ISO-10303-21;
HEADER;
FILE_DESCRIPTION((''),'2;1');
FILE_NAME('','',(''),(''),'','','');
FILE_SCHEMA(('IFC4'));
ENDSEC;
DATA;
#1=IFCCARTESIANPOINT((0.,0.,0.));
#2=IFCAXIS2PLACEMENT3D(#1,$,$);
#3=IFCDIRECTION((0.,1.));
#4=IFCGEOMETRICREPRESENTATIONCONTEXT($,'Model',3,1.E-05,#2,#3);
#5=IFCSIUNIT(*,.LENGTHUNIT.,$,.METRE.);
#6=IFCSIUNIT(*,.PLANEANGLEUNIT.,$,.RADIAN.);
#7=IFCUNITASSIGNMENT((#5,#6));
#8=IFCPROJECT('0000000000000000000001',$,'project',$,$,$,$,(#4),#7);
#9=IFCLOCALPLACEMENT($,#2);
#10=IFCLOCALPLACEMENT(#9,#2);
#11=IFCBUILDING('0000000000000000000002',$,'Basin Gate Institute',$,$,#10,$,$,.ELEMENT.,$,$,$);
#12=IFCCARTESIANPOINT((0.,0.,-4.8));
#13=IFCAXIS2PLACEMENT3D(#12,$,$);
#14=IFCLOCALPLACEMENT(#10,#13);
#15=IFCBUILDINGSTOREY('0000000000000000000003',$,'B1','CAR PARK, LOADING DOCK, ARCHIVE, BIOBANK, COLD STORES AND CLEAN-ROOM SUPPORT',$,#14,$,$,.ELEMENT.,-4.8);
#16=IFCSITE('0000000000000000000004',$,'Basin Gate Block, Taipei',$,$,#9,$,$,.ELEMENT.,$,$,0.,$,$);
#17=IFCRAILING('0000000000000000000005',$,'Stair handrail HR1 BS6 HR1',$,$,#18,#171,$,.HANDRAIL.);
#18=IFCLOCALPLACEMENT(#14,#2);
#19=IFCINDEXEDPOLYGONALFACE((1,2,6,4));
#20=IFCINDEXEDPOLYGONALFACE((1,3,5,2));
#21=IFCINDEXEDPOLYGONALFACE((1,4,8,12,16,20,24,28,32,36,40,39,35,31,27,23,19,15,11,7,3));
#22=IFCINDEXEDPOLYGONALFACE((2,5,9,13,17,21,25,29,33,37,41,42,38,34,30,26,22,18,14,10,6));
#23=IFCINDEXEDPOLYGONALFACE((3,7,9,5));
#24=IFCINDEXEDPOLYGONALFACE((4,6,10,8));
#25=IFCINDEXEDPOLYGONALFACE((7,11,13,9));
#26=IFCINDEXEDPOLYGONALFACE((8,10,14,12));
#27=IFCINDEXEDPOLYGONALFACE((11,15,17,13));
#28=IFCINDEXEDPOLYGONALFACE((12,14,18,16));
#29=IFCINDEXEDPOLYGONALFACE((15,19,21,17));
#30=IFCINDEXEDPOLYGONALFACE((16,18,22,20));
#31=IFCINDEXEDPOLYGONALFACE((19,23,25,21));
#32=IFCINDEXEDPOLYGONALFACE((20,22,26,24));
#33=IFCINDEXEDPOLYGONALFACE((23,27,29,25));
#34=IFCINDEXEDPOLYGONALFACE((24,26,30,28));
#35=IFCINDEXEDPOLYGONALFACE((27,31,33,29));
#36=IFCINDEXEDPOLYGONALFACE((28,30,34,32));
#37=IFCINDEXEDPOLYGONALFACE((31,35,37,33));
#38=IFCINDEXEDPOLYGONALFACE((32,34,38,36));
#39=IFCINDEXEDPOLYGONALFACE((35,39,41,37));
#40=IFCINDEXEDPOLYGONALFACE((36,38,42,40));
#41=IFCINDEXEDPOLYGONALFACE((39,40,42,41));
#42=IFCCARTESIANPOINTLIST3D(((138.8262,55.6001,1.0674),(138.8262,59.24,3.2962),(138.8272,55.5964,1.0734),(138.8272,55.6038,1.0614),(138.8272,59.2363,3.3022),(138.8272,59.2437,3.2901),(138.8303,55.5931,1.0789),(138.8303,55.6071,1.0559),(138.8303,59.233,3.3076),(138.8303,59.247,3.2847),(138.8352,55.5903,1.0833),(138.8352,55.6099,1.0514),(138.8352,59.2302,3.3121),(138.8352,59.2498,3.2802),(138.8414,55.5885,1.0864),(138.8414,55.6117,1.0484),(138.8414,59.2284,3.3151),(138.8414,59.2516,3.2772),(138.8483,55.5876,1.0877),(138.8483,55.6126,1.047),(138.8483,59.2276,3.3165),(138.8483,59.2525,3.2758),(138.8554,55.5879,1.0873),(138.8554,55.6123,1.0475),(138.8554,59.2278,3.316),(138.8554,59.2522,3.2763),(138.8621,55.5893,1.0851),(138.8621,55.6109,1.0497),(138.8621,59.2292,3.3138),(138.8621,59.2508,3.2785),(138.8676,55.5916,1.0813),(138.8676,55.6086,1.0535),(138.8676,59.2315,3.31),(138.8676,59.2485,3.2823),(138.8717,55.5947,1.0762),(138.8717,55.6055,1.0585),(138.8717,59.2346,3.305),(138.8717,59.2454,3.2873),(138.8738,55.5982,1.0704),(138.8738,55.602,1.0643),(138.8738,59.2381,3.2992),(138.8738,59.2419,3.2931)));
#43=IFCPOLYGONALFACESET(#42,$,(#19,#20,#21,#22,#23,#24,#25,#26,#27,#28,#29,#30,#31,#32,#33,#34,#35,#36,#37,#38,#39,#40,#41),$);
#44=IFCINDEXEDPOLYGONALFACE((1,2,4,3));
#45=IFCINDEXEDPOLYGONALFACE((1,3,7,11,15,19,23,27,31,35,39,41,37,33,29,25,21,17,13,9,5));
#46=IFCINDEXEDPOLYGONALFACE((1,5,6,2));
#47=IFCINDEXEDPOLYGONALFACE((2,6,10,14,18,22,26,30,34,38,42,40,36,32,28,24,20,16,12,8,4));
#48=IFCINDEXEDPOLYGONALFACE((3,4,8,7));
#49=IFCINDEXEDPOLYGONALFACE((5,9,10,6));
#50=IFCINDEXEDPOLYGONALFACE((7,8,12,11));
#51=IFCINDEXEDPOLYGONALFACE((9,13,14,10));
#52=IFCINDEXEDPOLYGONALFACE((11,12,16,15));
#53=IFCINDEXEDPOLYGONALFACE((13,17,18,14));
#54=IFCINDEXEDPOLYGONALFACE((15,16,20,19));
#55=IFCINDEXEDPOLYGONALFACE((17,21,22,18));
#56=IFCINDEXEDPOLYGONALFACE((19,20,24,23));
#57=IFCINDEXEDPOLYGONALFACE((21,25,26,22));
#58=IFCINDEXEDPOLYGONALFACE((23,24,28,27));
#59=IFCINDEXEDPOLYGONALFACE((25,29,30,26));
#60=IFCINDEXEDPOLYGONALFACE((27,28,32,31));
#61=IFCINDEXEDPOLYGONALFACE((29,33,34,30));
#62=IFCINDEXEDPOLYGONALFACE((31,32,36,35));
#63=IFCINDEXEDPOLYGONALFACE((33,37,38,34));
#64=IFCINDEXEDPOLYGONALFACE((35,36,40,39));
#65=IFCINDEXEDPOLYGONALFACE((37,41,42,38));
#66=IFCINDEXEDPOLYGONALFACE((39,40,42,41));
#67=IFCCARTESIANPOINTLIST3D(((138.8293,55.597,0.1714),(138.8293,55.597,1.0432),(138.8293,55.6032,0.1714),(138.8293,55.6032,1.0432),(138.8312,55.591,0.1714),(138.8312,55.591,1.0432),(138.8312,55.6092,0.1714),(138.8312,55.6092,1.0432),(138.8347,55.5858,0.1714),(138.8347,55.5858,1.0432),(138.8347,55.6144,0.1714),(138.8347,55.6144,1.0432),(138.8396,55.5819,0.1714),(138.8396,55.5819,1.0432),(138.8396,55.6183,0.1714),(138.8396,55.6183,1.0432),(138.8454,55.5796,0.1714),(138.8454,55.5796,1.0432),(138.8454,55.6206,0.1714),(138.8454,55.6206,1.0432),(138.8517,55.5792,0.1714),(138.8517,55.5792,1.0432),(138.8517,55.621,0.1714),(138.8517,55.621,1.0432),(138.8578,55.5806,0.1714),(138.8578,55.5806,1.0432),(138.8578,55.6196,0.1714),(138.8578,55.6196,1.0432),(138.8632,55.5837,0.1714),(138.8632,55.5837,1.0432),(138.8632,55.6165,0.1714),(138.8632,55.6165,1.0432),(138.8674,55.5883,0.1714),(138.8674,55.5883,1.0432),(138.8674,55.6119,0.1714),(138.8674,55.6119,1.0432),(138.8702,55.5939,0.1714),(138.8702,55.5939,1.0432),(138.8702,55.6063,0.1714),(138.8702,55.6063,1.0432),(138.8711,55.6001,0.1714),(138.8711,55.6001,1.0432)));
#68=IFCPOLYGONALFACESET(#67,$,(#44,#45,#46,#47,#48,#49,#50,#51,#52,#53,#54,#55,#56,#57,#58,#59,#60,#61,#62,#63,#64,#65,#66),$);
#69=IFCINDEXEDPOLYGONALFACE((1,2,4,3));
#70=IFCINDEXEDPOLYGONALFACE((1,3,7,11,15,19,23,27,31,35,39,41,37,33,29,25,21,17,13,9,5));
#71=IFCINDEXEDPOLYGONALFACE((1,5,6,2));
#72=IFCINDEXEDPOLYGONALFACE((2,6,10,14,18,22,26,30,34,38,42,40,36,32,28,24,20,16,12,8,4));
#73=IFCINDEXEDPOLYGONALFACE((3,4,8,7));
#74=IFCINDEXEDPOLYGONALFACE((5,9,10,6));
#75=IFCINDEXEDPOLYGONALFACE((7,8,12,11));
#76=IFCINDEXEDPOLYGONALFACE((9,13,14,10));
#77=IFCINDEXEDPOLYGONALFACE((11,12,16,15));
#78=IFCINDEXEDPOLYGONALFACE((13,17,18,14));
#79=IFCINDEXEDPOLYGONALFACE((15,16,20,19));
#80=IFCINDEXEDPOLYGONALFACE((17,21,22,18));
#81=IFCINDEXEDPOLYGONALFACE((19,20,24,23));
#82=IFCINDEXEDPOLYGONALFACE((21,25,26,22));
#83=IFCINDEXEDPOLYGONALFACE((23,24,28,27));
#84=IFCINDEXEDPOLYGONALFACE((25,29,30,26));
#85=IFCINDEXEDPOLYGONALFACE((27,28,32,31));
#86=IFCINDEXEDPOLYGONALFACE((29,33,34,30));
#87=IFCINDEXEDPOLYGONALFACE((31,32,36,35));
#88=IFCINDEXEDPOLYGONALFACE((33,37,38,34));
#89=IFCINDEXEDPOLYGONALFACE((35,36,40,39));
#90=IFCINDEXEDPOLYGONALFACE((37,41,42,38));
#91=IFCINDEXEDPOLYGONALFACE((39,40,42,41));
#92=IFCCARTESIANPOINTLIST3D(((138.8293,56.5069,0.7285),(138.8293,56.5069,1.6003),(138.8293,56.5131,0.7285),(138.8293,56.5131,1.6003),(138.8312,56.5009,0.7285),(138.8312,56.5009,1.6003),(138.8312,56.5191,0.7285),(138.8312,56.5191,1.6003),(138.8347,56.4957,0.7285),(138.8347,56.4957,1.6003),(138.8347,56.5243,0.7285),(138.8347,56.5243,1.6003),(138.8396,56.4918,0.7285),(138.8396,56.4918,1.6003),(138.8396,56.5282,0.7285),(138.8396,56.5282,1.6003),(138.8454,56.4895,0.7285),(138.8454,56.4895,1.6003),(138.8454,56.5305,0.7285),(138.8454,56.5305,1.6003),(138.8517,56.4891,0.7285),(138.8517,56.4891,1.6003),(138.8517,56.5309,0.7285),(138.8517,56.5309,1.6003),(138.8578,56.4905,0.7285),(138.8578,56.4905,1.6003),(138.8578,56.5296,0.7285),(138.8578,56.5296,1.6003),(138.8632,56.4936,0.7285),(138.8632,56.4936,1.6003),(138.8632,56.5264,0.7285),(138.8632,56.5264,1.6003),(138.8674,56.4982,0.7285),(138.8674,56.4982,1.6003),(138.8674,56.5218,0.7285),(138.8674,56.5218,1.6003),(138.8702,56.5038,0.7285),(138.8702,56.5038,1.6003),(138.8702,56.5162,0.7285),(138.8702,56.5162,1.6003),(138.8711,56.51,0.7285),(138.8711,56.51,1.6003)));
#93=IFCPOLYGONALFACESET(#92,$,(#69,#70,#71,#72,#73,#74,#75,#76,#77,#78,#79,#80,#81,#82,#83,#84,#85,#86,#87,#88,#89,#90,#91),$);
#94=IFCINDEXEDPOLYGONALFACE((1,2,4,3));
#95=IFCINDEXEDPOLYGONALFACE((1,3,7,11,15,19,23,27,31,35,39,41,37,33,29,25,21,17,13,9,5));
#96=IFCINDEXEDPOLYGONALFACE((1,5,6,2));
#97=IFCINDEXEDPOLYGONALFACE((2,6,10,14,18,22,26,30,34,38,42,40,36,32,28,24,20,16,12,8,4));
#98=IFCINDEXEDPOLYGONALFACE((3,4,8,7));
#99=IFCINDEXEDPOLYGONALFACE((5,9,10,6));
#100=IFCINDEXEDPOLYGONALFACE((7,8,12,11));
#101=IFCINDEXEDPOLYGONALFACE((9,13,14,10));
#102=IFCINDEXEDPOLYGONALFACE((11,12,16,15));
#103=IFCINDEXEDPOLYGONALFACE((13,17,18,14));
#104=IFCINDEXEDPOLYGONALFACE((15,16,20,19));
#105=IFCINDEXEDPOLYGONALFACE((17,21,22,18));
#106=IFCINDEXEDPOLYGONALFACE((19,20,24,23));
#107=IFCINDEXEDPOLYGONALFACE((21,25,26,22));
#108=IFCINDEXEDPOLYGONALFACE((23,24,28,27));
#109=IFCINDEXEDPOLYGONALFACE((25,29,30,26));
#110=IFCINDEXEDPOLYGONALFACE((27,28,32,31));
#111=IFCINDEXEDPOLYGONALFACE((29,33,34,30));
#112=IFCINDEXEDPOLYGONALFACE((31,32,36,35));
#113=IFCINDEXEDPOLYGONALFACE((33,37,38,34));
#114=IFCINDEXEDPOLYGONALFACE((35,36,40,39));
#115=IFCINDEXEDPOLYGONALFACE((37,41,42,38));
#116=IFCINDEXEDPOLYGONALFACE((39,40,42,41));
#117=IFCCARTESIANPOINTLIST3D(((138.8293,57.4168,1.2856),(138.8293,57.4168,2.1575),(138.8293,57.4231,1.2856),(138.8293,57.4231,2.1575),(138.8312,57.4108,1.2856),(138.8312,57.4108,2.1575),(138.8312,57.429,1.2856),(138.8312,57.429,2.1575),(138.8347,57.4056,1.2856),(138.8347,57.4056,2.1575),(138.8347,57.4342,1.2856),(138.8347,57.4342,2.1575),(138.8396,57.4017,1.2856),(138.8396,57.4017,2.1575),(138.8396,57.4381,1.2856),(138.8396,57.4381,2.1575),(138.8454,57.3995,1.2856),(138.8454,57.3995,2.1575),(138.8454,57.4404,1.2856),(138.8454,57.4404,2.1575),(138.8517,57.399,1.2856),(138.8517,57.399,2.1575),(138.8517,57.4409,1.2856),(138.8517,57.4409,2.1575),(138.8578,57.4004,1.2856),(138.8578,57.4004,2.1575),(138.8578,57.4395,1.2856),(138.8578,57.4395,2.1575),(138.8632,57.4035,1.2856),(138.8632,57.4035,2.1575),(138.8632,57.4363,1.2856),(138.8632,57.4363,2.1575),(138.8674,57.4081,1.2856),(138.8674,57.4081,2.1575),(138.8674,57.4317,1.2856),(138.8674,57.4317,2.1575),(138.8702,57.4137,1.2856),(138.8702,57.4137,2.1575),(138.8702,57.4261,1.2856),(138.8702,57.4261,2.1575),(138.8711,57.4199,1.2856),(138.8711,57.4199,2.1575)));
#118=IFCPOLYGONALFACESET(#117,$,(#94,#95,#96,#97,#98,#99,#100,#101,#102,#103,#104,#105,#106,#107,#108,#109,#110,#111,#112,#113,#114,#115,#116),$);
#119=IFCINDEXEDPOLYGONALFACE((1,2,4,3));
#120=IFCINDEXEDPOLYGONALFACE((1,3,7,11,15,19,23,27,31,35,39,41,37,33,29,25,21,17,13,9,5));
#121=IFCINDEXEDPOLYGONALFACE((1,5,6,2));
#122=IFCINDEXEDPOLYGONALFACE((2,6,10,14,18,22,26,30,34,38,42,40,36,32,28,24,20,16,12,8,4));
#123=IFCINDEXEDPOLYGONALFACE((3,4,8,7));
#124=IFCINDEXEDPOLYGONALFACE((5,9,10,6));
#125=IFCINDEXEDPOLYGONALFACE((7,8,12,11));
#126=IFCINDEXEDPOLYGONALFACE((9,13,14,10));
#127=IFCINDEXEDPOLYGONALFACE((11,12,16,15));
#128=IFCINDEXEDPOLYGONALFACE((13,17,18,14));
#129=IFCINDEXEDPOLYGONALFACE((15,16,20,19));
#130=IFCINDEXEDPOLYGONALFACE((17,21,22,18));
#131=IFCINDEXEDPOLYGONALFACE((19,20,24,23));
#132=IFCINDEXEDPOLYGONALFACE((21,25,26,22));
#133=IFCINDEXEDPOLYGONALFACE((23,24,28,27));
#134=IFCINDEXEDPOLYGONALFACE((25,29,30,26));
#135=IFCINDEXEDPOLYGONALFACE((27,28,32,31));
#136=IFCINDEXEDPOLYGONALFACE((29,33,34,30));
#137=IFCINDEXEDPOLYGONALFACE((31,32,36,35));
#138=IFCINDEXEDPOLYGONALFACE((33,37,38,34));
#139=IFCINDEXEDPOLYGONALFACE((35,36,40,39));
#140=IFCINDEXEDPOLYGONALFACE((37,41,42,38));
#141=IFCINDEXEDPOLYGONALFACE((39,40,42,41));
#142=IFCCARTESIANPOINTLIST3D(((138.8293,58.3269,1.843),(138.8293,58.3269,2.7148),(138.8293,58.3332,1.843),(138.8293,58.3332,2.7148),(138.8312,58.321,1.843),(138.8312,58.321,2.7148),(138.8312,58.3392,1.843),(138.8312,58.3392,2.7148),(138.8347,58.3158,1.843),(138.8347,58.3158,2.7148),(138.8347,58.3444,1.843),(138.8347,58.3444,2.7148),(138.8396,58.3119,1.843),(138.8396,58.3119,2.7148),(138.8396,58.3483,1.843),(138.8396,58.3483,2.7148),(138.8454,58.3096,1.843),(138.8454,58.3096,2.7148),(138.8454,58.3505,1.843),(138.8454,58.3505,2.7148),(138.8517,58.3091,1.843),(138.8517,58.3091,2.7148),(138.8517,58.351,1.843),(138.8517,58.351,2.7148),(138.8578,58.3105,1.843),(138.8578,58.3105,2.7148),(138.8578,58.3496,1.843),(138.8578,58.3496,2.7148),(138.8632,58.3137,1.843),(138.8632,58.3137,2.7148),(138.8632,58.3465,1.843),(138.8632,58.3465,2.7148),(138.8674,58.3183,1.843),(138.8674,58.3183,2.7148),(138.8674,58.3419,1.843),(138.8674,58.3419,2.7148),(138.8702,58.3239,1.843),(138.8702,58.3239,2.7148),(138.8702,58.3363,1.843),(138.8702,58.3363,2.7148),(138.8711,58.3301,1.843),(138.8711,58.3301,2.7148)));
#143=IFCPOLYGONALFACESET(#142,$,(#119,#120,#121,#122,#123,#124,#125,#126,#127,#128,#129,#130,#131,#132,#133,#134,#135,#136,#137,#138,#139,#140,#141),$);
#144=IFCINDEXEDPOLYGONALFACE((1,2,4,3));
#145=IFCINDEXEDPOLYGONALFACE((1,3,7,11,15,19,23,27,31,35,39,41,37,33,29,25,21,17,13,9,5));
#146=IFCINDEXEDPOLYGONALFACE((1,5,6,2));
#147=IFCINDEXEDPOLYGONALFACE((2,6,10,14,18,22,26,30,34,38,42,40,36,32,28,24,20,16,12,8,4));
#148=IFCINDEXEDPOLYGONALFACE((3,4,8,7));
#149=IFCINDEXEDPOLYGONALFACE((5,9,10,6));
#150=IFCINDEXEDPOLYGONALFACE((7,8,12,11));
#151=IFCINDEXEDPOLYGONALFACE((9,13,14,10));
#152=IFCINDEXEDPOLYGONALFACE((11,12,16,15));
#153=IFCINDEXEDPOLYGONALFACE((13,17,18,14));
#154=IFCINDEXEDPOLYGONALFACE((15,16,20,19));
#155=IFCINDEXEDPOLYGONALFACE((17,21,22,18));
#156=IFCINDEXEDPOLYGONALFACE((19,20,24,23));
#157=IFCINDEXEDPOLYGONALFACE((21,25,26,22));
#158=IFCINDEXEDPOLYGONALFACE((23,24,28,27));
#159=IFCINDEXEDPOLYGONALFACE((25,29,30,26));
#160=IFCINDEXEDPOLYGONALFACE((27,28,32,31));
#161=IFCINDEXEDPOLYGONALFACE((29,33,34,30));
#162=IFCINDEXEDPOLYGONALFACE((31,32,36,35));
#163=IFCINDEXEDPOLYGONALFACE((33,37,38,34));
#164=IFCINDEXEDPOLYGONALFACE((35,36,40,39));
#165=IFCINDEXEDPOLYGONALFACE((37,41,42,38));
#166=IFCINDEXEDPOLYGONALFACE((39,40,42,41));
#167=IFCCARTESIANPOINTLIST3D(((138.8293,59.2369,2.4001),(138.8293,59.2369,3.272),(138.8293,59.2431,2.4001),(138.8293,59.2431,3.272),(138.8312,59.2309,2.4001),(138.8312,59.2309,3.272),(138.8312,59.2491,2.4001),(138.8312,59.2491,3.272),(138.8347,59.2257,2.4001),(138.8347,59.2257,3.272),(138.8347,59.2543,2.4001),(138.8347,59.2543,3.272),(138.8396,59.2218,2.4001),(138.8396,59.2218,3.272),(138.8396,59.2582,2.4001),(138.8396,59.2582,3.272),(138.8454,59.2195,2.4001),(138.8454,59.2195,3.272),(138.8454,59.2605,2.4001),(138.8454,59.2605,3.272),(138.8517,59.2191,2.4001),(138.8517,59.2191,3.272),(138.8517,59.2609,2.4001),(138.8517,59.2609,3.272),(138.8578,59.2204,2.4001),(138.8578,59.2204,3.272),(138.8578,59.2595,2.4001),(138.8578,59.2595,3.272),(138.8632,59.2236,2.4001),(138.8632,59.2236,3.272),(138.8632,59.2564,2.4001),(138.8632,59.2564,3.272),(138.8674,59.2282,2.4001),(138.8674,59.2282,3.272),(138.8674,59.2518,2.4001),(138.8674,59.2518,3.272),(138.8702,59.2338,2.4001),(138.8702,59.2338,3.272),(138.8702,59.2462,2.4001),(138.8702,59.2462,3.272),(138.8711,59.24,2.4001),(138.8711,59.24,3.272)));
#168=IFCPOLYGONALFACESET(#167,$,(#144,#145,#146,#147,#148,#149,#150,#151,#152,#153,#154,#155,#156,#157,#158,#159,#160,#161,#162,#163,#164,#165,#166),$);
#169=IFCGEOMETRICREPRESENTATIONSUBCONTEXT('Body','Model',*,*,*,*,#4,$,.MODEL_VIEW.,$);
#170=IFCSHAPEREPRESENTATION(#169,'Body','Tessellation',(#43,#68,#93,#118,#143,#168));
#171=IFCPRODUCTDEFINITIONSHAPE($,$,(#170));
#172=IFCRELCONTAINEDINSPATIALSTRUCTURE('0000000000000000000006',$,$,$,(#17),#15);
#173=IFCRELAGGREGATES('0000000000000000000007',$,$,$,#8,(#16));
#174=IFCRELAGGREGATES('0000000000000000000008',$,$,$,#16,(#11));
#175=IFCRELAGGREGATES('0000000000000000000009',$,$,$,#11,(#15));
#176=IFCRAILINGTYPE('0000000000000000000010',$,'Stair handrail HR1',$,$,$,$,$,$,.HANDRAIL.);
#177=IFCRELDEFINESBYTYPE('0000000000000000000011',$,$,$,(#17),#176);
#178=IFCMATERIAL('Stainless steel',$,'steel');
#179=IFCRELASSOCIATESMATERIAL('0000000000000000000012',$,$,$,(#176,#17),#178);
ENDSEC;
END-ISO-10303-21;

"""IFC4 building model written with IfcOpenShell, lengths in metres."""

from ifc_helpers import new_model, si_unit, direction, frame, origin, origin_2d, place, context, subcontext, project, spatial, circle, extrude, material, type_object, element, save


model = new_model("IFC4")

# Units and contexts
model_context = context("Model", 3, precision=1e-05, world=origin(), true_north=direction((0.0, 1.0)))
body_context = subcontext(model_context, "Body", "Model", "MODEL_VIEW")
ifc_project = project(units=[si_unit("LENGTHUNIT", "METRE"), si_unit("PLANEANGLEUNIT", "RADIAN")], contexts=[model_context])

# Site, building, storey
site_placement = place(None, origin())
site = spatial("IfcSite", under=ifc_project, at=site_placement, Name="Basin Gate Block, Taipei", CompositionType="ELEMENT", RefElevation=0.0)
building_placement = place(site_placement, origin())
building = spatial("IfcBuilding", under=site, at=building_placement, Name="Basin Gate Institute", CompositionType="ELEMENT")
storey_placement = place(building_placement, frame((0.0, 0.0, -4.8)))
storey = spatial("IfcBuildingStorey", under=building, at=storey_placement, Name="B1", Description="CAR PARK, LOADING DOCK, ARCHIVE, BIOBANK, COLD STORES AND CLEAN-ROOM SUPPORT", CompositionType="ELEMENT", Elevation=-4.8)

# Railing
ifc_material_1 = material(Name="Stainless steel", Category="steel")
railing_type_1 = type_object("IfcRailingType", Name="Stair handrail HR1", PredefinedType="HANDRAIL", material=ifc_material_1)
for number, where, name in (
    (1, (138.8501, 55.6001, 0.1714), "Stair handrail HR1 BS6 HR1"),
):
    element("IfcRailing", number, at=place(storey_placement, frame(where)), inside=storey, type_object=railing_type_1, material=ifc_material_1, Name=name, PredefinedType="HANDRAIL", context=body_context, shape_type="SweptSolid", body=[
        extrude(circle(Radius=0.0239, at=origin_2d()), frame((0.0, 0.0, 0.896), z_axis=(0.0, 0.852825, 0.522197), x_axis=(-1.0, 0.0, 0.0)), (0.0, 0.0, 1.0), 4.2681),
        extrude(circle(Radius=0.021, at=origin_2d()), origin(), (0.0, 0.0, 1.0), 0.8718),
        extrude(circle(Radius=0.021, at=origin_2d()), frame((0.0, 0.9099, 0.5571)), (0.0, 0.0, 1.0), 0.8718),
        extrude(circle(Radius=0.021, at=origin_2d()), frame((0.0, 1.8198, 1.1143)), (0.0, 0.0, 1.0), 0.8718),
        extrude(circle(Radius=0.021, at=origin_2d()), frame((0.0, 2.73, 1.6716)), (0.0, 0.0, 1.0), 0.8718),
        extrude(circle(Radius=0.021, at=origin_2d()), frame((0.0, 3.6399, 2.2288)), (0.0, 0.0, 1.0), 0.8718),
    ])

save(model, "model.ifc")
